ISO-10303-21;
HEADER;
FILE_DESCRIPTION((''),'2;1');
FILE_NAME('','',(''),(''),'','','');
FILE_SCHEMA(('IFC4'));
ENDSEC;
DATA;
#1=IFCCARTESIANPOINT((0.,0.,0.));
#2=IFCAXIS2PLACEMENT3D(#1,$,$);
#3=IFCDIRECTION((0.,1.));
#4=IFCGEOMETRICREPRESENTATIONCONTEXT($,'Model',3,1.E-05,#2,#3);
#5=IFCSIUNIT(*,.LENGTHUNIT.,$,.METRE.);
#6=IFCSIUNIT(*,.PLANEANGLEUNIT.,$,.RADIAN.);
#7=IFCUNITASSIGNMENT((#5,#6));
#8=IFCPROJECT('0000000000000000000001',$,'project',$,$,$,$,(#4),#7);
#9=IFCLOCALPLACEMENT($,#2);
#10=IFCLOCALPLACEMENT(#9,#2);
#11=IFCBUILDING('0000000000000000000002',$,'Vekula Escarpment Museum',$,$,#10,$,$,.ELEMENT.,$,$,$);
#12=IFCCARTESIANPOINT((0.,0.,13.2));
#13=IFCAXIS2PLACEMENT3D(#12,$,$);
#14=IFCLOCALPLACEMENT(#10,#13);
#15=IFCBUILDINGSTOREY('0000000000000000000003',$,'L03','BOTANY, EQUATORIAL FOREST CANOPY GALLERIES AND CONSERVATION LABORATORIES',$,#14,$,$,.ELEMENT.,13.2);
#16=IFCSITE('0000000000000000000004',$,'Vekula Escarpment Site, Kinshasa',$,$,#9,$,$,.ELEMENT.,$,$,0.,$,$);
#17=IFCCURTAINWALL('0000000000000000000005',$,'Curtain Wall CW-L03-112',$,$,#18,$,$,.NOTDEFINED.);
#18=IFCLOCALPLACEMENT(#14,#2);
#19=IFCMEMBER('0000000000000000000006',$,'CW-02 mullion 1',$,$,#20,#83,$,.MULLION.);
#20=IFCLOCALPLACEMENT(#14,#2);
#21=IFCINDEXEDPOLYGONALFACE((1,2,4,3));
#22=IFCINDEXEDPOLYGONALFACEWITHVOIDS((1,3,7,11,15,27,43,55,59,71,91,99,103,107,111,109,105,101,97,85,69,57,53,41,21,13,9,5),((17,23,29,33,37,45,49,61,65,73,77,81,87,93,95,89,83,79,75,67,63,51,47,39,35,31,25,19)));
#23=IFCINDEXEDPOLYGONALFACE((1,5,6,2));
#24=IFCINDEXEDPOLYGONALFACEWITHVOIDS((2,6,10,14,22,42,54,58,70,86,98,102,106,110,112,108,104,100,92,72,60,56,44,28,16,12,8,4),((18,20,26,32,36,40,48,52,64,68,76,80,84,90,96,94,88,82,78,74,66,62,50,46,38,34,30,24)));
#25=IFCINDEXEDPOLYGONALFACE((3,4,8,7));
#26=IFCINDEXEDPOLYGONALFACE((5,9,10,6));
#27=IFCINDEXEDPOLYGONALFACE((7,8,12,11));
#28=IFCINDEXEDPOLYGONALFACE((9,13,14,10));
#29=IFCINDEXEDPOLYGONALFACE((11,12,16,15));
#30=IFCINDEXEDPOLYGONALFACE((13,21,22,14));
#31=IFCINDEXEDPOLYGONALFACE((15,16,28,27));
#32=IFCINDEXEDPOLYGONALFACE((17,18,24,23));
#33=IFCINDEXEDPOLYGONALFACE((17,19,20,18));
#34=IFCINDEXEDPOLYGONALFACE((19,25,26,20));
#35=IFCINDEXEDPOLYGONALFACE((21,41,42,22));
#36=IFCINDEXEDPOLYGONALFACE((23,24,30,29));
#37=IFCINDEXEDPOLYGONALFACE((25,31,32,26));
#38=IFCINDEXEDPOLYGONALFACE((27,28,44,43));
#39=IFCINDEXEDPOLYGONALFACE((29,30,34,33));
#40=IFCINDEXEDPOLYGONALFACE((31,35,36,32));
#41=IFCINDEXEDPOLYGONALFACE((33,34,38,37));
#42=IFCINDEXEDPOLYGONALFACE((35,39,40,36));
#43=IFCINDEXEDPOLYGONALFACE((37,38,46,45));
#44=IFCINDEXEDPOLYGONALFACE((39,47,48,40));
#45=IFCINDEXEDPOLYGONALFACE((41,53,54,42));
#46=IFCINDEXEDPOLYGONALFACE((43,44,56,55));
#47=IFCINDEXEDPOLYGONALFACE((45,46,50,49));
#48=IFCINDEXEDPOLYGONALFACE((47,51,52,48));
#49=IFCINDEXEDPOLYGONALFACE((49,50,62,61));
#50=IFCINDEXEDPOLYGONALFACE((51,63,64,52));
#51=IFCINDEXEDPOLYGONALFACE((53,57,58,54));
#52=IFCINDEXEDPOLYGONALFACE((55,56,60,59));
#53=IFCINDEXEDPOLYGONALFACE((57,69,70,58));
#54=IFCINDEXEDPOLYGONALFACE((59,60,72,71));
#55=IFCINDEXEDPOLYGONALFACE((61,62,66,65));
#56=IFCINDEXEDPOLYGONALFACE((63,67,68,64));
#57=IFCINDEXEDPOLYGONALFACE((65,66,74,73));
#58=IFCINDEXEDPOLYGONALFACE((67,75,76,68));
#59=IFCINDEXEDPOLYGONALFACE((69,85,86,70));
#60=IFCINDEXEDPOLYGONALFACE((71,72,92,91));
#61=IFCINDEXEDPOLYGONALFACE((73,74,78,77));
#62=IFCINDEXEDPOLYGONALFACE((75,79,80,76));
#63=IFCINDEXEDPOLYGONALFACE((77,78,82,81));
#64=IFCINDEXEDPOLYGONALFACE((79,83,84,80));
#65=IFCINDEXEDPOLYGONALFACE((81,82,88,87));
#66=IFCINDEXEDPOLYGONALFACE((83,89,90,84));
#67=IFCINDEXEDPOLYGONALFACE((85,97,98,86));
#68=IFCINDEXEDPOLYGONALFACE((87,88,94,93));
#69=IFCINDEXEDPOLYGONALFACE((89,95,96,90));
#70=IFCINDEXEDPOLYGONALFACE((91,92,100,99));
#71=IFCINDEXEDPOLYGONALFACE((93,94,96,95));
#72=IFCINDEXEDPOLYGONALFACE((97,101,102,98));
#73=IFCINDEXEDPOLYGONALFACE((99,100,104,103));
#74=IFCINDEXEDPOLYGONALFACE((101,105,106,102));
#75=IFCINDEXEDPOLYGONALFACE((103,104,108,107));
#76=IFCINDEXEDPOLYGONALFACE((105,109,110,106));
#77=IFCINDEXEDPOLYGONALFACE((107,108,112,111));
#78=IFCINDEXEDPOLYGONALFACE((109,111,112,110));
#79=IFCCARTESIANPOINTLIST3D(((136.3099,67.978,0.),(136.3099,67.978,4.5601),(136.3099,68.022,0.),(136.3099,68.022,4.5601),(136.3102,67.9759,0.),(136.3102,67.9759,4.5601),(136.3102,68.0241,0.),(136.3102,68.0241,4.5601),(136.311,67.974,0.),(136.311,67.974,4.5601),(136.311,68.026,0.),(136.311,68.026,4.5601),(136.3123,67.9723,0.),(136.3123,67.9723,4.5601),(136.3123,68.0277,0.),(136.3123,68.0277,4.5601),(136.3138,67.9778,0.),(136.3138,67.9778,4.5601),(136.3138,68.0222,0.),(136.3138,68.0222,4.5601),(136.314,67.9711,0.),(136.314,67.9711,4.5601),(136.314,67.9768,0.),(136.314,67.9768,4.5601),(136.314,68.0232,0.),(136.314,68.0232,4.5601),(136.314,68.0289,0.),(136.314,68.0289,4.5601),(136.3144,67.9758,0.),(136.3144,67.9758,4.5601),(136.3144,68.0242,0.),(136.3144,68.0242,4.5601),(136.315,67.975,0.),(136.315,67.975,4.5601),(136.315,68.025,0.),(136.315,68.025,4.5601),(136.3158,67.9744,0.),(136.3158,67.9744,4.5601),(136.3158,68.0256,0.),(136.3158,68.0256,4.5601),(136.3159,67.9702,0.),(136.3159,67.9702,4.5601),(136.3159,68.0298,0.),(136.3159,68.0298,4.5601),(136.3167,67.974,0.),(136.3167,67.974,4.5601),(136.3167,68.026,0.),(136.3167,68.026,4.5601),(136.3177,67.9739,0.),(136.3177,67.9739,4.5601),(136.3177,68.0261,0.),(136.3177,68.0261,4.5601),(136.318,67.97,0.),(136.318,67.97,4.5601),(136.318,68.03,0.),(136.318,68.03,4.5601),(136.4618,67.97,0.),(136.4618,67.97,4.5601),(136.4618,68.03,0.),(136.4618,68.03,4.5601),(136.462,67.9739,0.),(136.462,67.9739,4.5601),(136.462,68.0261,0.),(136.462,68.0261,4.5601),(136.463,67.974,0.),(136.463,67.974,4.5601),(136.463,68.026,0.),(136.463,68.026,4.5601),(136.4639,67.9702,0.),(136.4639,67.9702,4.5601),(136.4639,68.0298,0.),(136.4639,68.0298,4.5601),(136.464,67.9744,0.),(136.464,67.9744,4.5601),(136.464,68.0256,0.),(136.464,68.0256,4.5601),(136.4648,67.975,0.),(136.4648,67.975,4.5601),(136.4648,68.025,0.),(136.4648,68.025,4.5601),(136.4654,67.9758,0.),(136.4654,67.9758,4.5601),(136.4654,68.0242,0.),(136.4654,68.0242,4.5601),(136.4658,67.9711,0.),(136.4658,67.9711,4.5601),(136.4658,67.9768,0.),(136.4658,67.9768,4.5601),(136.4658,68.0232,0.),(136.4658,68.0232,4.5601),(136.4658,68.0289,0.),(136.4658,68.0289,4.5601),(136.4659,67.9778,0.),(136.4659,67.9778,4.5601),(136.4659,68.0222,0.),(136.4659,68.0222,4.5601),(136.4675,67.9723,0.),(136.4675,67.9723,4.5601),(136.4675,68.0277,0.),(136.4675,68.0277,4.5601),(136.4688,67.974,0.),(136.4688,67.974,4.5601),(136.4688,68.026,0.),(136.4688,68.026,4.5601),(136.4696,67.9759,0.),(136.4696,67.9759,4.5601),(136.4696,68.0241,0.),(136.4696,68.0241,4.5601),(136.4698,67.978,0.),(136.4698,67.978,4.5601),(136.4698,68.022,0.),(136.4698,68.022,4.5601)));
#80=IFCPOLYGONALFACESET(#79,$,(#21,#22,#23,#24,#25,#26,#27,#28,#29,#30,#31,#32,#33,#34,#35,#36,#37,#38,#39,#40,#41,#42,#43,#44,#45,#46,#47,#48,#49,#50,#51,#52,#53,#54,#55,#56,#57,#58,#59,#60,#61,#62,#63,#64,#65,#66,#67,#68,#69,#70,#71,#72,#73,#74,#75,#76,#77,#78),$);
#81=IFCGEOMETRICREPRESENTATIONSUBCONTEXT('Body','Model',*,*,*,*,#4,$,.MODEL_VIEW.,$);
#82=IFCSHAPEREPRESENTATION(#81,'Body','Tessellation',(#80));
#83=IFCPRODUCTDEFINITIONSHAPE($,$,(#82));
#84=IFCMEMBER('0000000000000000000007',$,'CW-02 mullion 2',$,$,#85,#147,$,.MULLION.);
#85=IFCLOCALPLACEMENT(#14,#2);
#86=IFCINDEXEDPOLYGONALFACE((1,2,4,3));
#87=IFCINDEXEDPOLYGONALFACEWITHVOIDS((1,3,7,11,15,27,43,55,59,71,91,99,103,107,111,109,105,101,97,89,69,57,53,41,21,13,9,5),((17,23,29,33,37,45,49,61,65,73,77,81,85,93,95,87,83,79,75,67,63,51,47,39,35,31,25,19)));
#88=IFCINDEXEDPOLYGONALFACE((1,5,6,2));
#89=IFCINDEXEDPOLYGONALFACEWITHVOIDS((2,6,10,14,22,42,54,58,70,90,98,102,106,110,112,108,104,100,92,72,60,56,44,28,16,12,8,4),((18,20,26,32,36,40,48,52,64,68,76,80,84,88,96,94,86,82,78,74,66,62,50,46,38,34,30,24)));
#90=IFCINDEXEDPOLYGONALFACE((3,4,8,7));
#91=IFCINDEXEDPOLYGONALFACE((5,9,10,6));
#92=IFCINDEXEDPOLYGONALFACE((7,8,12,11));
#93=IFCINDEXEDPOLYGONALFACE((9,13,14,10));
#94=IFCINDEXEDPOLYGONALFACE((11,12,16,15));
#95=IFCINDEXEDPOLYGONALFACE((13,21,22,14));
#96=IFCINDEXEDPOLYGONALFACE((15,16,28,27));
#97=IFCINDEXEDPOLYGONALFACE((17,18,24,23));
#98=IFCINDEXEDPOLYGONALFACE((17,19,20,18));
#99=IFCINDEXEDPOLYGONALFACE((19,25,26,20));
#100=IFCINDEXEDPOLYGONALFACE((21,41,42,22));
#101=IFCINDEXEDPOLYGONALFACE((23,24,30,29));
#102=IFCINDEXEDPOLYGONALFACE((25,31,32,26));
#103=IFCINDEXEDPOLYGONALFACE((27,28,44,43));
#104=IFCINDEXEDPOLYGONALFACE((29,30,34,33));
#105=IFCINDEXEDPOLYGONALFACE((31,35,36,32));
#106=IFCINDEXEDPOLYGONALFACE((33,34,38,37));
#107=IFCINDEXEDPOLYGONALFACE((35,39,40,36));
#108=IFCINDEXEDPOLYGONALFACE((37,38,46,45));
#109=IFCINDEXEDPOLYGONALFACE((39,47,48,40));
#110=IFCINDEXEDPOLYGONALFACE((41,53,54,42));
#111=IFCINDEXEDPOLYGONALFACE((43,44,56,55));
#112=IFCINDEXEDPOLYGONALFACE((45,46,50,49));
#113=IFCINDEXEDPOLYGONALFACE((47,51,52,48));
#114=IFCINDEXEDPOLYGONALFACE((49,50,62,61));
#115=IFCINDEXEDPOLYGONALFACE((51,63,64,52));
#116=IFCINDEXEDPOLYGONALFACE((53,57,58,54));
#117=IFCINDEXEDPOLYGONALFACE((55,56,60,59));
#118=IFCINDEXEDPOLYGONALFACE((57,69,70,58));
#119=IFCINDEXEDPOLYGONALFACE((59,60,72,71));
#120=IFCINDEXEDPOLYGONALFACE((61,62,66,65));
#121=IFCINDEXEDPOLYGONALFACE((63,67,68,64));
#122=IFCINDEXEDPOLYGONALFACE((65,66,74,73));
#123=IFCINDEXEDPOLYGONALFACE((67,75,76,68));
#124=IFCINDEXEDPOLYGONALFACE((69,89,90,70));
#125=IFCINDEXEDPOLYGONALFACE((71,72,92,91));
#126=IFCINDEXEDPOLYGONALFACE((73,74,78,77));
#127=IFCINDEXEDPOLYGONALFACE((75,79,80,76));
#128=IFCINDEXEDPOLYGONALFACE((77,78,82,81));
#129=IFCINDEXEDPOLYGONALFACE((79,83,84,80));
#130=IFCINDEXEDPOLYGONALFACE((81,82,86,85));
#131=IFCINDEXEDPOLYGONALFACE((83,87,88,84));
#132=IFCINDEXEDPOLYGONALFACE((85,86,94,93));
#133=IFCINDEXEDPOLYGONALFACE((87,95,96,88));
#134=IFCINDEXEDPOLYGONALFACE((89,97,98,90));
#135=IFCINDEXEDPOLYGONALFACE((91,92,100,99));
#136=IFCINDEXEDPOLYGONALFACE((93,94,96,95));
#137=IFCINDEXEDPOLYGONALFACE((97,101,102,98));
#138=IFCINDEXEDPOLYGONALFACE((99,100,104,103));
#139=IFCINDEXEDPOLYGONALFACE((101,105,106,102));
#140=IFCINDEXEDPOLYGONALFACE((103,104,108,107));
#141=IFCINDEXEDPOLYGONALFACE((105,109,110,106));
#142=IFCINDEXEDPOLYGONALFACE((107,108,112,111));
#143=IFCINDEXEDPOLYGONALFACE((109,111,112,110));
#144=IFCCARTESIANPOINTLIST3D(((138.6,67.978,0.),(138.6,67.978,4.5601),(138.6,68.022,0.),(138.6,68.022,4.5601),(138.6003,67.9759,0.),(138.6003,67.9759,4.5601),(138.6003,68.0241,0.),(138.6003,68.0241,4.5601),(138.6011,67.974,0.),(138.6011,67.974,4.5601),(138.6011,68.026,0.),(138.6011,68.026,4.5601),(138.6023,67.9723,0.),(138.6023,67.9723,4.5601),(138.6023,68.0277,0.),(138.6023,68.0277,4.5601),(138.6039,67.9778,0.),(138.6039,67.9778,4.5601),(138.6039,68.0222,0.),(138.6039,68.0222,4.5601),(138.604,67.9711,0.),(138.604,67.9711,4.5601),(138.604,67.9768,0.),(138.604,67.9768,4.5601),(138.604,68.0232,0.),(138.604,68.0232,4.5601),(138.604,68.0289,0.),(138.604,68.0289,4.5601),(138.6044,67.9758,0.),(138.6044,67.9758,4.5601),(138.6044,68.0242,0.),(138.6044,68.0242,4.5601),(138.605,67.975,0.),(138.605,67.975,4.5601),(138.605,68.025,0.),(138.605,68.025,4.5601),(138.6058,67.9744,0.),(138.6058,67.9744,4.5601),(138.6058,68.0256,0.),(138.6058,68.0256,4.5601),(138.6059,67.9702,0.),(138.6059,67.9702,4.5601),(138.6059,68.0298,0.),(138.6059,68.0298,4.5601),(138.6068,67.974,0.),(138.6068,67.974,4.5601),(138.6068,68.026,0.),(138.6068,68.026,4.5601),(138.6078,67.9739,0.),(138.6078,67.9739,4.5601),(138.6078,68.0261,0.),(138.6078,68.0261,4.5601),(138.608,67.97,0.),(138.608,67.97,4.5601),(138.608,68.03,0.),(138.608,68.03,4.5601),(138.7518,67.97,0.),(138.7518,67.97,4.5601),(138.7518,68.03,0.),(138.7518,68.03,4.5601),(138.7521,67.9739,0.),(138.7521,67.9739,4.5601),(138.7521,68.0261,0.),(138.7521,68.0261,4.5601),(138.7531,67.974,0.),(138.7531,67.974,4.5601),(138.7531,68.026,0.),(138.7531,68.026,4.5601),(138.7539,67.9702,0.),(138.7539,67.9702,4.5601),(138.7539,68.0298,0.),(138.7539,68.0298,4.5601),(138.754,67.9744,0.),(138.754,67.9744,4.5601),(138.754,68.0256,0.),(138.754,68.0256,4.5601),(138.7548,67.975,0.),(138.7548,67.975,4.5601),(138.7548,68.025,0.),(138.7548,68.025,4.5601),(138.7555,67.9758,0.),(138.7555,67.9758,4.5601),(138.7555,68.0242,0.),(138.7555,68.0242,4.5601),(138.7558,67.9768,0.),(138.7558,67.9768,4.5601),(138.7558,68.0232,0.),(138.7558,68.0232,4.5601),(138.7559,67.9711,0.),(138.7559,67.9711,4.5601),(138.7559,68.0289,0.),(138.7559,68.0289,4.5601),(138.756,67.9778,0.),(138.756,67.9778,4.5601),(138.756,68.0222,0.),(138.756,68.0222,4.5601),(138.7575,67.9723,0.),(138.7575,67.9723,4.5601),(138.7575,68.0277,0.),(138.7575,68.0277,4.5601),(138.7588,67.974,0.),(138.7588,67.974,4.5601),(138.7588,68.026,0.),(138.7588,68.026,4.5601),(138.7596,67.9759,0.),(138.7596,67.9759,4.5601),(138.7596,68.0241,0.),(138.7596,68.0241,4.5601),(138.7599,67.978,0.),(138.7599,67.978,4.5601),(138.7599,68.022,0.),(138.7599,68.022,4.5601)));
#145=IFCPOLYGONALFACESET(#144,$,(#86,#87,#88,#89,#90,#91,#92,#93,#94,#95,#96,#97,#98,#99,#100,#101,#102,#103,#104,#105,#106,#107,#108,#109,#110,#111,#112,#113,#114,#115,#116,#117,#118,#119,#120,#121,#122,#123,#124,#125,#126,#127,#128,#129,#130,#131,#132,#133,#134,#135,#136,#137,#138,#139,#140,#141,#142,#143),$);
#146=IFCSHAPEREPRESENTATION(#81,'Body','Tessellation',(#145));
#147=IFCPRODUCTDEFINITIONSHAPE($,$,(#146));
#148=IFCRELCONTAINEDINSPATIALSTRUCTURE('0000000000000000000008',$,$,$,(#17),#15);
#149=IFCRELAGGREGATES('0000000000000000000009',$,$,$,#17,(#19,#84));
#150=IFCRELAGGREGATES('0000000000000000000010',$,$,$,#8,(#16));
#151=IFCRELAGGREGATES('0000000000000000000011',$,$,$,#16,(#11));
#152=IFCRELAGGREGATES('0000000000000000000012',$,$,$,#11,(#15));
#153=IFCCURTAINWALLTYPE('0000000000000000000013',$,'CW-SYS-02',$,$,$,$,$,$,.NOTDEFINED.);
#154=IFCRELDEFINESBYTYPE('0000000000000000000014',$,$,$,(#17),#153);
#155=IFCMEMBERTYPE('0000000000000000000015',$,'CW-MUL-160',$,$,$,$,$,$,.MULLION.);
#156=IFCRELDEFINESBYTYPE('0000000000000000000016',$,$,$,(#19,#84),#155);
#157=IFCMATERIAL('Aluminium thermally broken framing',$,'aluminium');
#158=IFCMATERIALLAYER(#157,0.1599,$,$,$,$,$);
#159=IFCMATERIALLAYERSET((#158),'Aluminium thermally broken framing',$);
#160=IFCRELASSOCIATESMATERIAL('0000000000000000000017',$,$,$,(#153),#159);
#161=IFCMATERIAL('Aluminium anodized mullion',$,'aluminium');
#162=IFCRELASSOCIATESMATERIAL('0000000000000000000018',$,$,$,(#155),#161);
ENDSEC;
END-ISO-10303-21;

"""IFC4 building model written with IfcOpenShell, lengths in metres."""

from ifc_helpers import new_model, si_unit, direction, frame, origin, origin_2d, place, context, subcontext, project, spatial, hollow_rectangle, extrude, material, layer, layer_set, material_profile, profile_set, type_object, element, aggregate, save


model = new_model("IFC4")

# Units and contexts
model_context = context("Model", 3, precision=1e-05, world=origin(), true_north=direction((0.0, 1.0)))
body_context = subcontext(model_context, "Body", "Model", "MODEL_VIEW")
ifc_project = project(units=[si_unit("LENGTHUNIT", "METRE"), si_unit("PLANEANGLEUNIT", "RADIAN")], contexts=[model_context])

# Site, building, storey
site_placement = place(None, origin())
site = spatial("IfcSite", under=ifc_project, at=site_placement, Name="Vekula Escarpment Site, Kinshasa", CompositionType="ELEMENT", RefElevation=0.0)
building_placement = place(site_placement, origin())
building = spatial("IfcBuilding", under=site, at=building_placement, Name="Vekula Escarpment Museum", CompositionType="ELEMENT")
storey_placement = place(building_placement, frame((0.0, 0.0, 13.2)))
storey = spatial("IfcBuildingStorey", under=building, at=storey_placement, Name="L03", Description="BOTANY, EQUATORIAL FOREST CANOPY GALLERIES AND CONSERVATION LABORATORIES", CompositionType="ELEMENT", Elevation=13.2)

# Curtain wall, members
ifc_material_1 = material(Name="Aluminium thermally broken framing", Category="aluminium")
ifc_layer_1 = layer(ifc_material_1, 0.1599)
ifc_layer_set_1 = layer_set([ifc_layer_1], Name="Aluminium thermally broken framing")
curtain_wall_type = type_object("IfcCurtainWallType", Name="CW-SYS-02", PredefinedType="NOTDEFINED", material=ifc_layer_set_1)
curtain_wall_placement = place(storey_placement, origin())
curtain_wall = element("IfcCurtainWall", 1, at=curtain_wall_placement, inside=storey, type_object=curtain_wall_type, Name="Curtain Wall CW-L03-112", PredefinedType="NOTDEFINED")
ifc_material_2 = material(Name="Aluminium anodized mullion", Category="aluminium")
ifc_material_profile_1 = material_profile(ifc_material_2, hollow_rectangle(XDim=0.0601, YDim=0.1599, WallThickness=0.0039, InnerFilletRadius=0.0039, OuterFilletRadius=0.0081, at=origin_2d()), Name="ALU 160x60x4")
ifc_profile_set_1 = profile_set([ifc_material_profile_1], Name="Aluminium anodized mullion")
member_type_1 = type_object("IfcMemberType", Name="CW-MUL-160", PredefinedType="MULLION", material=ifc_profile_set_1)
member_1_placement = place(storey_placement, frame((136.3899, 68.0, 0.0), z_axis=(0.0, 0.0, 1.0), x_axis=(0.0, 1.0, 0.0)))
member_1 = element("IfcMember", 2, at=member_1_placement, type_object=member_type_1, Name="CW-02 mullion 1", PredefinedType="MULLION", context=body_context, shape_type="SweptSolid", body=[
    extrude(hollow_rectangle(XDim=0.0601, YDim=0.1599, WallThickness=0.0039, InnerFilletRadius=0.0039, OuterFilletRadius=0.0081, at=origin_2d()), origin(), (0.0, 0.0, 1.0), 4.5601),
])
member_2_placement = place(storey_placement, frame((138.6799, 68.0, 0.0), z_axis=(0.0, 0.0, 1.0), x_axis=(0.0, 1.0, 0.0)))
member_2 = element("IfcMember", 3, at=member_2_placement, type_object=member_type_1, Name="CW-02 mullion 2", PredefinedType="MULLION", context=body_context, shape_type="SweptSolid", body=[
    extrude(hollow_rectangle(XDim=0.0601, YDim=0.1599, WallThickness=0.0039, InnerFilletRadius=0.0039, OuterFilletRadius=0.0081, at=origin_2d()), origin(), (0.0, 0.0, 1.0), 4.5601),
])
aggregate(curtain_wall, [member_1, member_2])

save(model, "model.ifc")
